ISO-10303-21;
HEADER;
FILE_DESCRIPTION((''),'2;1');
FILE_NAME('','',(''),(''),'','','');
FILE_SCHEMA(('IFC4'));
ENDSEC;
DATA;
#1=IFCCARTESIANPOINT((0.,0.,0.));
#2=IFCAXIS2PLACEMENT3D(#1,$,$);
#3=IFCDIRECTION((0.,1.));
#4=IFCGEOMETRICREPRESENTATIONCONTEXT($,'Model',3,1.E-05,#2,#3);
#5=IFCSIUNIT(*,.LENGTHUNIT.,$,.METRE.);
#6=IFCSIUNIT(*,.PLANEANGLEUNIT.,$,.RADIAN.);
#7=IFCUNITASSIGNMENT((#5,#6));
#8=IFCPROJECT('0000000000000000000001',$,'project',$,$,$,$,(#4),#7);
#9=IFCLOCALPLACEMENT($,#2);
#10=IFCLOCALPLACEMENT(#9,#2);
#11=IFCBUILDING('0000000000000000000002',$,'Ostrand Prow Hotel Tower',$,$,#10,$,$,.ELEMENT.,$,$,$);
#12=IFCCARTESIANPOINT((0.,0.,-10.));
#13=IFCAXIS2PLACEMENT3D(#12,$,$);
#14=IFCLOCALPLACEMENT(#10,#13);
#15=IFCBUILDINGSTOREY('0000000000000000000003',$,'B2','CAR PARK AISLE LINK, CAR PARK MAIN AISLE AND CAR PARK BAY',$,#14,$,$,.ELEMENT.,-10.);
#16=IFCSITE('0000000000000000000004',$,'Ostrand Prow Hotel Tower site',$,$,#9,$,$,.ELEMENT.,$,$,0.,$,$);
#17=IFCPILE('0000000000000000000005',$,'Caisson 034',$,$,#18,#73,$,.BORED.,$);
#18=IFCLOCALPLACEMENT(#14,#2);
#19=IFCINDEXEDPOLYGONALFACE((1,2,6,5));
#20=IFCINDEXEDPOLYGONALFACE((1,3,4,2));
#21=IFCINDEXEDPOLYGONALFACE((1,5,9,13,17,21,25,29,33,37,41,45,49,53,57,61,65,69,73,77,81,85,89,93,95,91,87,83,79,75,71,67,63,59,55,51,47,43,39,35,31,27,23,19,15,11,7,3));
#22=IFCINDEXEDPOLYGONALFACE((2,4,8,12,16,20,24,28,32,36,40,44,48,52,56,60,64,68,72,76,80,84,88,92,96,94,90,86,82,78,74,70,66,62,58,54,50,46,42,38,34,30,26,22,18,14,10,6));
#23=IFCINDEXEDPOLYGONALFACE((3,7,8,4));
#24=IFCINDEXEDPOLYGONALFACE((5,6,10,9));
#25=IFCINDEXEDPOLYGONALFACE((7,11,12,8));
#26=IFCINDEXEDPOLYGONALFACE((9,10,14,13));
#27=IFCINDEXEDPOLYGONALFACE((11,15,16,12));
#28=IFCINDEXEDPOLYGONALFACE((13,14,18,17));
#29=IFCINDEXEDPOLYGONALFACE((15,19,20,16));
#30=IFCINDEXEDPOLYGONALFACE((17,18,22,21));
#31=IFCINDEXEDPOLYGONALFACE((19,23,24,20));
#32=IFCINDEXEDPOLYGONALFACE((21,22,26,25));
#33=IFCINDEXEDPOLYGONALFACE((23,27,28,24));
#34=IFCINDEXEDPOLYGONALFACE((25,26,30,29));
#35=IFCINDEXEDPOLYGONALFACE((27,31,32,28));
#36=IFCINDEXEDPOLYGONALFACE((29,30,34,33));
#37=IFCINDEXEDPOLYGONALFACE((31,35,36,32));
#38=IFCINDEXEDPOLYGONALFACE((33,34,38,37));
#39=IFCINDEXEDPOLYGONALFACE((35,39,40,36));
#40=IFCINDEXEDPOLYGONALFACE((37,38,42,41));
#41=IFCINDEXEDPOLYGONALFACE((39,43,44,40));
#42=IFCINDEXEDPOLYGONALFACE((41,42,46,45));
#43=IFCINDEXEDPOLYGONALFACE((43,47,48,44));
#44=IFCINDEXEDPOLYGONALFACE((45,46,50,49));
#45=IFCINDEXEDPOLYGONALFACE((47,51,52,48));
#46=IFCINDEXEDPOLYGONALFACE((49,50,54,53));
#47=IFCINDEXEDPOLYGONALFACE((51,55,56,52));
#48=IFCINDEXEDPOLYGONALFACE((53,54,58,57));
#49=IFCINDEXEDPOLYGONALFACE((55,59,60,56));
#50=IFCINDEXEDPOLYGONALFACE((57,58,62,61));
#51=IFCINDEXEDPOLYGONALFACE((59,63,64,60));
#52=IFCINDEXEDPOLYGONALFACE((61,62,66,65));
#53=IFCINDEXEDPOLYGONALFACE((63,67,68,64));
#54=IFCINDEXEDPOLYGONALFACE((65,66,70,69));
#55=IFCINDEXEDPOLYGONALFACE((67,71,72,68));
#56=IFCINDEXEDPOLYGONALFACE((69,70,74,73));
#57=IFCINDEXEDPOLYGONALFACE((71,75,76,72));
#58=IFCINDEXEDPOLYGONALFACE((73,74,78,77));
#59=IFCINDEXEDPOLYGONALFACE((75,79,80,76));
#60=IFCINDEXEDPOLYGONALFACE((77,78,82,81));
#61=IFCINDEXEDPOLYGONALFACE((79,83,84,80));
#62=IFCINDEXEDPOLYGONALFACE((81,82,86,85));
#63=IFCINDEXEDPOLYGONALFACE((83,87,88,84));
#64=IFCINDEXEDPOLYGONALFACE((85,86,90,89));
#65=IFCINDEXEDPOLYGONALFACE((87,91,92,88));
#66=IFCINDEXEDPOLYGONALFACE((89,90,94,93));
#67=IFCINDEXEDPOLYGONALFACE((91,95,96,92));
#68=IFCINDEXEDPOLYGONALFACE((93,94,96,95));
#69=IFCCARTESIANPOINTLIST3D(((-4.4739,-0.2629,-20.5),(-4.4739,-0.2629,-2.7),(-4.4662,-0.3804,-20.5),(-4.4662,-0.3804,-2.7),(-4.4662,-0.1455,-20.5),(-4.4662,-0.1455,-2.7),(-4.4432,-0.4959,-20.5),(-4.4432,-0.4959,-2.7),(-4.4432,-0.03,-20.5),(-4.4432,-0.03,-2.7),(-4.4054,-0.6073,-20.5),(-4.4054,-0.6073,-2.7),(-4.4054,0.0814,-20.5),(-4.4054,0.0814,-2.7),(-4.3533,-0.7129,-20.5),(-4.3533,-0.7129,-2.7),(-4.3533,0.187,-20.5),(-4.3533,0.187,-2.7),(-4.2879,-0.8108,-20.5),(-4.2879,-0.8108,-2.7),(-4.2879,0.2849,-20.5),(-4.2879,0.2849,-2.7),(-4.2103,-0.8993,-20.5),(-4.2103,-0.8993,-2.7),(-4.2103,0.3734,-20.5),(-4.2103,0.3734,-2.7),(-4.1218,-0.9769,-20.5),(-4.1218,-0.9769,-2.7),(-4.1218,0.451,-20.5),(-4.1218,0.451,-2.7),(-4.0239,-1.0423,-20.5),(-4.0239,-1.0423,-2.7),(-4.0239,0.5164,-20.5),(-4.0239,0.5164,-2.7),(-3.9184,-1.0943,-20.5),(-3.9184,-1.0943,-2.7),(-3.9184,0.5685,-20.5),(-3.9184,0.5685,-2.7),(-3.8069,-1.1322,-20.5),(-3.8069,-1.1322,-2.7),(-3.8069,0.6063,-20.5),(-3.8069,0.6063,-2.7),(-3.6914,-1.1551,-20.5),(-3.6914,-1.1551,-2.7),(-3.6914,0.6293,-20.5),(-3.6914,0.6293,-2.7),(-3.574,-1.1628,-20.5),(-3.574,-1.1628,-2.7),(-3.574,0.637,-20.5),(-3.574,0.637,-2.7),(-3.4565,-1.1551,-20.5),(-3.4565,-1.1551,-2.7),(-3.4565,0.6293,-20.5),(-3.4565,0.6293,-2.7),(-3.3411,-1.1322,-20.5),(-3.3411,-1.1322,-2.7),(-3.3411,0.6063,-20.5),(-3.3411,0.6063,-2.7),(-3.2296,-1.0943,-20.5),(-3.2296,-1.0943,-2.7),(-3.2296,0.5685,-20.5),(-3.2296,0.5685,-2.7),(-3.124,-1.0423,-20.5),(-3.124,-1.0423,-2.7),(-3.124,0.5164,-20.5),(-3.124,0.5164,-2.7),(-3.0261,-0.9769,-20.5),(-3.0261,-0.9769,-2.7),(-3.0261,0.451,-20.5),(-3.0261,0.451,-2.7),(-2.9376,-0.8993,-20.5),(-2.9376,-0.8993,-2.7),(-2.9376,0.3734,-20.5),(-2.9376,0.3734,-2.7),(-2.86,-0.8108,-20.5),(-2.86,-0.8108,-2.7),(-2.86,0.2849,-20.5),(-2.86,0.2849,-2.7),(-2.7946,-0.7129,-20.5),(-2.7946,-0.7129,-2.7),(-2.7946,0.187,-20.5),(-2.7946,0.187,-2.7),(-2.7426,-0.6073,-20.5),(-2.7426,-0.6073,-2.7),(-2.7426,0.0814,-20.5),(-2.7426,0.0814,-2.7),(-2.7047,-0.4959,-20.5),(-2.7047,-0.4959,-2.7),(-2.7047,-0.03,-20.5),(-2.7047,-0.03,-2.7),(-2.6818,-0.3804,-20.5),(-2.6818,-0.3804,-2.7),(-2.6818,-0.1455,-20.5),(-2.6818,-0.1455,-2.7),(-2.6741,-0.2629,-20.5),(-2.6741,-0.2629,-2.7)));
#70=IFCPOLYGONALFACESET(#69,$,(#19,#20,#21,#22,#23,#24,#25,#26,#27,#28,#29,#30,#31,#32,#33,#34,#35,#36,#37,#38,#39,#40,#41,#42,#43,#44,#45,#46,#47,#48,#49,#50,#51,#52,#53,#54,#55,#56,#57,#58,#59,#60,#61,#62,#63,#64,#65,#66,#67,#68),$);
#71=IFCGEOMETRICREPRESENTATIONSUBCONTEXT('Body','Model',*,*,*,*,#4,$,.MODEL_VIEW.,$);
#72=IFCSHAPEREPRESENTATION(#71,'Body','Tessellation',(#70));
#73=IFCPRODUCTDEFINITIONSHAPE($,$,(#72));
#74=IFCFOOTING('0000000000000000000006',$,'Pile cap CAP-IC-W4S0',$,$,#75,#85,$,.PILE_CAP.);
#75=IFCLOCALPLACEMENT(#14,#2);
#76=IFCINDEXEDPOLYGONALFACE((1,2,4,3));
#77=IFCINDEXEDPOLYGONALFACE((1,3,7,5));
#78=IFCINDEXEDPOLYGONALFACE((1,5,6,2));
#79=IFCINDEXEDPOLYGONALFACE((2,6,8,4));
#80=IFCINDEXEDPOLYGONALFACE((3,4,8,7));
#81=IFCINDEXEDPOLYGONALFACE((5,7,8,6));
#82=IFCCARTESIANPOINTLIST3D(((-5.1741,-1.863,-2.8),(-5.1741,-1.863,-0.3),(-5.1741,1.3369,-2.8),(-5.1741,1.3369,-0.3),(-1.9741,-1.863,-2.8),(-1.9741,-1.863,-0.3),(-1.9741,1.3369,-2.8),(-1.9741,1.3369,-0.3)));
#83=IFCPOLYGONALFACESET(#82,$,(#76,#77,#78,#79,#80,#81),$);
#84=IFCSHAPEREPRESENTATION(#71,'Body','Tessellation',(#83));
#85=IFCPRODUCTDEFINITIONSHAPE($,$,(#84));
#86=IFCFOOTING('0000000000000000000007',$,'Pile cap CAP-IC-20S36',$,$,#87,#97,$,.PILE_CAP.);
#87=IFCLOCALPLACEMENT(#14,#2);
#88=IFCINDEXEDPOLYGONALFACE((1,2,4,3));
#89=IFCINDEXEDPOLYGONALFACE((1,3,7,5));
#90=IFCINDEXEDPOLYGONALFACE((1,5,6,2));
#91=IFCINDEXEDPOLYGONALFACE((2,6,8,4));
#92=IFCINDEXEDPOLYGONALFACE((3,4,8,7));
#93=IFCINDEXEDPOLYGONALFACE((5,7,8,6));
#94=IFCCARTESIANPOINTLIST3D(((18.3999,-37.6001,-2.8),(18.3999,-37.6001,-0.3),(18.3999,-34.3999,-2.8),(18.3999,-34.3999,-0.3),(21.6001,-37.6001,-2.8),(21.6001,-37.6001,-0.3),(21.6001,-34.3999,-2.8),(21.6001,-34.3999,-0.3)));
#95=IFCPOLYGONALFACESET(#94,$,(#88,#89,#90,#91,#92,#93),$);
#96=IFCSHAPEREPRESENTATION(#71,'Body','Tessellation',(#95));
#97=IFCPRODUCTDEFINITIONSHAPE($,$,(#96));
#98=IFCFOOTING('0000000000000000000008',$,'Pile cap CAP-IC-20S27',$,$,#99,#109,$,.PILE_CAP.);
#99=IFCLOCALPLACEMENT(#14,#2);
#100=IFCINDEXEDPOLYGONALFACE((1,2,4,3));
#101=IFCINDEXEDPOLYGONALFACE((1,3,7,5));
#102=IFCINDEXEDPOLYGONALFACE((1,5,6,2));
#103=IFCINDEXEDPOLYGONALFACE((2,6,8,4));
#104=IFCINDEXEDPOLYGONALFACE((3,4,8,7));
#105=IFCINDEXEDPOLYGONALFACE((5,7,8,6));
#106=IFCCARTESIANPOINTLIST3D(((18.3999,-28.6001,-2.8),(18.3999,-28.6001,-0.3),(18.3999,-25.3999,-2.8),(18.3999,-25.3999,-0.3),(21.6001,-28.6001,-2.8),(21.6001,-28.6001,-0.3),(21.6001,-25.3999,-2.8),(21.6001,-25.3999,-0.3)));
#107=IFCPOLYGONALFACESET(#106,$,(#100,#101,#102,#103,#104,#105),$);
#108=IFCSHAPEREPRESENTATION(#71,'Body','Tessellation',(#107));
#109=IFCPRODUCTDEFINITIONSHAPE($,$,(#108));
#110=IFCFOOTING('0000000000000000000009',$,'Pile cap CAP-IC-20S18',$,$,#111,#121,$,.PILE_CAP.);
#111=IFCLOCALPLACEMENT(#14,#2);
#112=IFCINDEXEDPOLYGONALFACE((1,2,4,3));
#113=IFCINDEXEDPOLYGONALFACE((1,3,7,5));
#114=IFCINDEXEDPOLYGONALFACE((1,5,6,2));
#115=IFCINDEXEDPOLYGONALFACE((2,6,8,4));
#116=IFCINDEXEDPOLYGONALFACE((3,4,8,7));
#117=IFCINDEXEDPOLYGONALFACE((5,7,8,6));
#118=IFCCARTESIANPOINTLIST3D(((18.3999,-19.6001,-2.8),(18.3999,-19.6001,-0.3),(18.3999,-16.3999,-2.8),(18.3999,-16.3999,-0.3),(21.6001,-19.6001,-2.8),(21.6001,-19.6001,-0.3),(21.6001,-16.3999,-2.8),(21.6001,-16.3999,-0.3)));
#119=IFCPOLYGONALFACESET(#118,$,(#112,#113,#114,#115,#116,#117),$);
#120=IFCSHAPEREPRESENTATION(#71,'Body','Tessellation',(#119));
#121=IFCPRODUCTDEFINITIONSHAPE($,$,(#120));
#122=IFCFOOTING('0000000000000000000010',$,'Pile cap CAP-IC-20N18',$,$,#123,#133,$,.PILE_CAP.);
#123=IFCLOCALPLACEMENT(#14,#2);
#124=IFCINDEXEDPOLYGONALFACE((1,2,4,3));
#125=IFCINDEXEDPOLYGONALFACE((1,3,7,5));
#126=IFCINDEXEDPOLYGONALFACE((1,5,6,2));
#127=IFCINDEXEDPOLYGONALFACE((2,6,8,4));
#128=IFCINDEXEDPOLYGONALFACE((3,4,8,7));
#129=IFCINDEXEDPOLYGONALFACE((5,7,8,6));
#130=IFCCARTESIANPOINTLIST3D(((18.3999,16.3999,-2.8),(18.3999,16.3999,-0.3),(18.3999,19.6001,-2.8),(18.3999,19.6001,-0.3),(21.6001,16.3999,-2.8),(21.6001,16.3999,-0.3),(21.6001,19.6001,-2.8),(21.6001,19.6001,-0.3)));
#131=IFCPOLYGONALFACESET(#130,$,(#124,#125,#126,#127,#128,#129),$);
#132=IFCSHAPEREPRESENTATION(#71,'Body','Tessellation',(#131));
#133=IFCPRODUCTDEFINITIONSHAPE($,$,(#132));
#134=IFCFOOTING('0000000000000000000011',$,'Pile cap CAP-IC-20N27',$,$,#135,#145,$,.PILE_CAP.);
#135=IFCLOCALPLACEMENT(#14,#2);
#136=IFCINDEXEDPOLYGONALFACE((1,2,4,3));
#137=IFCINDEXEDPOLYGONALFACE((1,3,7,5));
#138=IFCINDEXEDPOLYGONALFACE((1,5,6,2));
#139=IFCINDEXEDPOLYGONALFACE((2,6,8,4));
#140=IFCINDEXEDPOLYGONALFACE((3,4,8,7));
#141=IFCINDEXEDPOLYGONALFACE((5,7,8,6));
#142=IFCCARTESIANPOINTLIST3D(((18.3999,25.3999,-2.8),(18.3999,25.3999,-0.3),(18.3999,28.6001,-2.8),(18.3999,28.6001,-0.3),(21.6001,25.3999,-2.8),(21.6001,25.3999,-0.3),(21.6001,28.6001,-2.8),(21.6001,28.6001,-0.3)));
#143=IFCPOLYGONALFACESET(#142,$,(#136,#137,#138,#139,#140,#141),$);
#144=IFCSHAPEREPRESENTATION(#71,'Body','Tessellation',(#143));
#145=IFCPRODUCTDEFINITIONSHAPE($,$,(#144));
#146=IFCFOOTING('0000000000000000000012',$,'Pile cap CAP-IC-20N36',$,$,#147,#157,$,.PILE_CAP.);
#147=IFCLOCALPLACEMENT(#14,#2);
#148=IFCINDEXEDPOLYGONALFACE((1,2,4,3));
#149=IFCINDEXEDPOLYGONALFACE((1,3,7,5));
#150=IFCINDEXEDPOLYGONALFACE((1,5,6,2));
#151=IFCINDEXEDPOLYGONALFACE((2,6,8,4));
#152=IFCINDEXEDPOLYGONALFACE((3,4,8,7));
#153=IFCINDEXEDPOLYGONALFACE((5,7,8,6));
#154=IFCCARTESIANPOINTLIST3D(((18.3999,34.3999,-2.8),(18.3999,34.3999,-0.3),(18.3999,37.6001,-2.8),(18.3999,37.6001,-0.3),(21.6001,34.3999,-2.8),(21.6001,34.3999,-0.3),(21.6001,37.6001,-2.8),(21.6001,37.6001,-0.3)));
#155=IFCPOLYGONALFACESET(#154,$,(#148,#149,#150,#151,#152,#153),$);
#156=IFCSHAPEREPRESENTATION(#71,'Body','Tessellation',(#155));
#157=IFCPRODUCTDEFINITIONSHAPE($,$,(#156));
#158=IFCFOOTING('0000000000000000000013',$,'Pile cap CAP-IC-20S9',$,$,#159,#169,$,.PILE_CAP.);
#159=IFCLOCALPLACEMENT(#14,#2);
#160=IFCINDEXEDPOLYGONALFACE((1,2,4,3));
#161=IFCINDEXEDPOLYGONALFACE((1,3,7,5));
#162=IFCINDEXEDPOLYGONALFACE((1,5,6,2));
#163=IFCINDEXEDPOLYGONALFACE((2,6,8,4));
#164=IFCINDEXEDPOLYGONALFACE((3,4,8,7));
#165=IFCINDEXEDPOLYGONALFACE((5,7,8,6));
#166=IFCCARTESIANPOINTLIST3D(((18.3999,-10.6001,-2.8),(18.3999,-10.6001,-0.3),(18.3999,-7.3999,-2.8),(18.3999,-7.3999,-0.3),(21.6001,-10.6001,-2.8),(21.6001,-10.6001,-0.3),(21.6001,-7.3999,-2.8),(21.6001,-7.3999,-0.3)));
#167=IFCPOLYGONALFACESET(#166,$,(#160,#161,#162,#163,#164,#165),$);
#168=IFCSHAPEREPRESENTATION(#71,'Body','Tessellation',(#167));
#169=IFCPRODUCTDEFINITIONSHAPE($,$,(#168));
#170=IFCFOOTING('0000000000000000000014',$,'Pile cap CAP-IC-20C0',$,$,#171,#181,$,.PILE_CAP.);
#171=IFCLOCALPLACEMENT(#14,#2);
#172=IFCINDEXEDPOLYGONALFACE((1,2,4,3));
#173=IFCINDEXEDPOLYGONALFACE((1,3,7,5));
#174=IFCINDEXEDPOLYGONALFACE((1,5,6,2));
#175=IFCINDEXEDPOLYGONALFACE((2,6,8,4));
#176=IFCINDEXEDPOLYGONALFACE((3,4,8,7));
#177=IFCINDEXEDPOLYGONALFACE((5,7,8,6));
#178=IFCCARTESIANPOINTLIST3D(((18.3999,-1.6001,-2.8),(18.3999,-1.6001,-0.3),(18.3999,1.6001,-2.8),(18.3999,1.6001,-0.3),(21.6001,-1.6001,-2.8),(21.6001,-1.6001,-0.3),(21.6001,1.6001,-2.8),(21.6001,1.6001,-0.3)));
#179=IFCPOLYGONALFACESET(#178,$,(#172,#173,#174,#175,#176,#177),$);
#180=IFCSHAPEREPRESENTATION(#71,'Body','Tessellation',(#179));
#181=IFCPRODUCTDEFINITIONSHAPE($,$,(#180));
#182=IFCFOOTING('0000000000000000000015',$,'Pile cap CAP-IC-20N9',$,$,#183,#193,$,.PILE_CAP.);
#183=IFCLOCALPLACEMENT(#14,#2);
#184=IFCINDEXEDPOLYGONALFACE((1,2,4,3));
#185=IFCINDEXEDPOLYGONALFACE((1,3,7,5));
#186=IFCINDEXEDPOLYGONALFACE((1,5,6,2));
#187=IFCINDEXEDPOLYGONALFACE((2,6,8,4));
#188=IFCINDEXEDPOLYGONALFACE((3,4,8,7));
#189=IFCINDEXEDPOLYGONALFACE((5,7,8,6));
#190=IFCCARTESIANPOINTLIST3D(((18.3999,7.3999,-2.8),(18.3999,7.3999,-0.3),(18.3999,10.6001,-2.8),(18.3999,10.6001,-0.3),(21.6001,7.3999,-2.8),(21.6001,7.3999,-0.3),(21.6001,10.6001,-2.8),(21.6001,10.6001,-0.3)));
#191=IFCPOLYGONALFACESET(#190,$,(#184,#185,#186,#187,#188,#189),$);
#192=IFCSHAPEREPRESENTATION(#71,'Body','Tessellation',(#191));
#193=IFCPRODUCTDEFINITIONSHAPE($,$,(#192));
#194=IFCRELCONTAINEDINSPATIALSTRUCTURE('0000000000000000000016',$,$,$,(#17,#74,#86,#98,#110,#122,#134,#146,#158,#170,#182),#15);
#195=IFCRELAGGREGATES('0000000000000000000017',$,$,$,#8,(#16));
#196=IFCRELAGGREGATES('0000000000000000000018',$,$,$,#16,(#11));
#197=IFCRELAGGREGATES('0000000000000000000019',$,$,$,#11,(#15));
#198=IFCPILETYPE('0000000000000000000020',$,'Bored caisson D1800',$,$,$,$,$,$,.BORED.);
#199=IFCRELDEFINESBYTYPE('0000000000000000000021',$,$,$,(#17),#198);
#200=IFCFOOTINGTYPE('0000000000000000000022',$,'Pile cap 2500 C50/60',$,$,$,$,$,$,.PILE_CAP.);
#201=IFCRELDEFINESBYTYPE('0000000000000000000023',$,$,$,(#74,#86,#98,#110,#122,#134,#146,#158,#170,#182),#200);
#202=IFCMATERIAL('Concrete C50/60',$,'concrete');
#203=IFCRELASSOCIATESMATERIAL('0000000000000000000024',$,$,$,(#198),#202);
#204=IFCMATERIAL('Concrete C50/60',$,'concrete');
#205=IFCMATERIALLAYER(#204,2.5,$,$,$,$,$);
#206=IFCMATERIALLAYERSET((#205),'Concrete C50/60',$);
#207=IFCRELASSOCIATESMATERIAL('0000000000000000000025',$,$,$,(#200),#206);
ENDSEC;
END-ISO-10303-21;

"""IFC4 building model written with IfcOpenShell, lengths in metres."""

from ifc_helpers import new_model, si_unit, direction, frame, origin, origin_2d, place, context, subcontext, project, spatial, polyline, circle, outline, extrude, material, layer, layer_set, type_object, element, save


model = new_model("IFC4")

# Units and contexts
model_context = context("Model", 3, precision=1e-05, world=origin(), true_north=direction((0.0, 1.0)))
body_context = subcontext(model_context, "Body", "Model", "MODEL_VIEW")
ifc_project = project(units=[si_unit("LENGTHUNIT", "METRE"), si_unit("PLANEANGLEUNIT", "RADIAN")], contexts=[model_context])

# Site, building, storey
site_placement = place(None, origin())
site = spatial("IfcSite", under=ifc_project, at=site_placement, Name="Ostrand Prow Hotel Tower site", CompositionType="ELEMENT", RefElevation=0.0)
building_placement = place(site_placement, origin())
building = spatial("IfcBuilding", under=site, at=building_placement, Name="Ostrand Prow Hotel Tower", CompositionType="ELEMENT")
storey_placement = place(building_placement, frame((0.0, 0.0, -10.0)))
storey = spatial("IfcBuildingStorey", under=building, at=storey_placement, Name="B2", Description="CAR PARK AISLE LINK, CAR PARK MAIN AISLE AND CAR PARK BAY", CompositionType="ELEMENT", Elevation=-10.0)

# Pile
ifc_material_1 = material(Name="Concrete C50/60", Category="concrete")
pile_type = type_object("IfcPileType", Name="Bored caisson D1800", PredefinedType="BORED", material=ifc_material_1)
pile_placement = place(storey_placement, frame((-3.574, -0.2629, -2.7), z_axis=(0.0, 0.0, -1.0), x_axis=(1.0, 0.0, 0.0)))
element("IfcPile", 1, at=pile_placement, inside=storey, type_object=pile_type, Name="Caisson 034", PredefinedType="BORED", context=body_context, shape_type="SweptSolid", body=[
    extrude(circle(Radius=0.8999, at=origin_2d()), origin(), (0.0, 0.0, 1.0), 17.8),
])

# Footings
ifc_material_2 = material(Name="Concrete C50/60", Category="concrete")
ifc_layer_1 = layer(ifc_material_2, 2.5)
ifc_layer_set_1 = layer_set([ifc_layer_1], Name="Concrete C50/60")
footing_type_1 = type_object("IfcFootingType", Name="Pile cap 2500 C50/60", PredefinedType="PILE_CAP", material=ifc_layer_set_1)
footing_1_placement = place(storey_placement, frame((0.0, 0.0, -2.8)))
element("IfcFooting", 2, at=footing_1_placement, inside=storey, type_object=footing_type_1, Name="Pile cap CAP-IC-W4S0", PredefinedType="PILE_CAP", context=body_context, shape_type="SweptSolid", body=[
    extrude(outline(polyline([(-1.9741, -1.863), (-1.9741, 1.3369), (-5.1741, 1.3369), (-5.1741, -1.863), (-1.9741, -1.863)])), origin(), (0.0, 0.0, 1.0), 2.5),
])
footing_2_placement = place(storey_placement, frame((0.0, 0.0, -2.8)))
element("IfcFooting", 3, at=footing_2_placement, inside=storey, type_object=footing_type_1, Name="Pile cap CAP-IC-20S36", PredefinedType="PILE_CAP", context=body_context, shape_type="SweptSolid", body=[
    extrude(outline(polyline([(21.6001, -37.6001), (21.6001, -34.3999), (18.3999, -34.3999), (18.3999, -37.6001), (21.6001, -37.6001)])), origin(), (0.0, 0.0, 1.0), 2.5),
])
footing_3_placement = place(storey_placement, frame((0.0, 0.0, -2.8)))
element("IfcFooting", 4, at=footing_3_placement, inside=storey, type_object=footing_type_1, Name="Pile cap CAP-IC-20S27", PredefinedType="PILE_CAP", context=body_context, shape_type="SweptSolid", body=[
    extrude(outline(polyline([(21.6001, -28.6001), (21.6001, -25.3999), (18.3999, -25.3999), (18.3999, -28.6001), (21.6001, -28.6001)])), origin(), (0.0, 0.0, 1.0), 2.5),
])
footing_4_placement = place(storey_placement, frame((0.0, 0.0, -2.8)))
element("IfcFooting", 5, at=footing_4_placement, inside=storey, type_object=footing_type_1, Name="Pile cap CAP-IC-20S18", PredefinedType="PILE_CAP", context=body_context, shape_type="SweptSolid", body=[
    extrude(outline(polyline([(21.6001, -19.6001), (21.6001, -16.3999), (18.3999, -16.3999), (18.3999, -19.6001), (21.6001, -19.6001)])), origin(), (0.0, 0.0, 1.0), 2.5),
])
footing_5_placement = place(storey_placement, frame((0.0, 0.0, -2.8)))
element("IfcFooting", 6, at=footing_5_placement, inside=storey, type_object=footing_type_1, Name="Pile cap CAP-IC-20N18", PredefinedType="PILE_CAP", context=body_context, shape_type="SweptSolid", body=[
    extrude(outline(polyline([(21.6001, 16.3999), (21.6001, 19.6001), (18.3999, 19.6001), (18.3999, 16.3999), (21.6001, 16.3999)])), origin(), (0.0, 0.0, 1.0), 2.5),
])
footing_6_placement = place(storey_placement, frame((0.0, 0.0, -2.8)))
element("IfcFooting", 7, at=footing_6_placement, inside=storey, type_object=footing_type_1, Name="Pile cap CAP-IC-20N27", PredefinedType="PILE_CAP", context=body_context, shape_type="SweptSolid", body=[
    extrude(outline(polyline([(21.6001, 25.3999), (21.6001, 28.6001), (18.3999, 28.6001), (18.3999, 25.3999), (21.6001, 25.3999)])), origin(), (0.0, 0.0, 1.0), 2.5),
])
footing_7_placement = place(storey_placement, frame((0.0, 0.0, -2.8)))
element("IfcFooting", 8, at=footing_7_placement, inside=storey, type_object=footing_type_1, Name="Pile cap CAP-IC-20N36", PredefinedType="PILE_CAP", context=body_context, shape_type="SweptSolid", body=[
    extrude(outline(polyline([(21.6001, 34.3999), (21.6001, 37.6001), (18.3999, 37.6001), (18.3999, 34.3999), (21.6001, 34.3999)])), origin(), (0.0, 0.0, 1.0), 2.5),
])
footing_8_placement = place(storey_placement, frame((0.0, 0.0, -2.8)))
element("IfcFooting", 9, at=footing_8_placement, inside=storey, type_object=footing_type_1, Name="Pile cap CAP-IC-20S9", PredefinedType="PILE_CAP", context=body_context, shape_type="SweptSolid", body=[
    extrude(outline(polyline([(21.6001, -10.6001), (21.6001, -7.3999), (18.3999, -7.3999), (18.3999, -10.6001), (21.6001, -10.6001)])), origin(), (0.0, 0.0, 1.0), 2.5),
])
footing_9_placement = place(storey_placement, frame((0.0, 0.0, -2.8)))
element("IfcFooting", 10, at=footing_9_placement, inside=storey, type_object=footing_type_1, Name="Pile cap CAP-IC-20C0", PredefinedType="PILE_CAP", context=body_context, shape_type="SweptSolid", body=[
    extrude(outline(polyline([(21.6001, -1.6001), (21.6001, 1.6001), (18.3999, 1.6001), (18.3999, -1.6001), (21.6001, -1.6001)])), origin(), (0.0, 0.0, 1.0), 2.5),
])
footing_10_placement = place(storey_placement, frame((0.0, 0.0, -2.8)))
element("IfcFooting", 11, at=footing_10_placement, inside=storey, type_object=footing_type_1, Name="Pile cap CAP-IC-20N9", PredefinedType="PILE_CAP", context=body_context, shape_type="SweptSolid", body=[
    extrude(outline(polyline([(21.6001, 7.3999), (21.6001, 10.6001), (18.3999, 10.6001), (18.3999, 7.3999), (21.6001, 7.3999)])), origin(), (0.0, 0.0, 1.0), 2.5),
])

save(model, "model.ifc")
